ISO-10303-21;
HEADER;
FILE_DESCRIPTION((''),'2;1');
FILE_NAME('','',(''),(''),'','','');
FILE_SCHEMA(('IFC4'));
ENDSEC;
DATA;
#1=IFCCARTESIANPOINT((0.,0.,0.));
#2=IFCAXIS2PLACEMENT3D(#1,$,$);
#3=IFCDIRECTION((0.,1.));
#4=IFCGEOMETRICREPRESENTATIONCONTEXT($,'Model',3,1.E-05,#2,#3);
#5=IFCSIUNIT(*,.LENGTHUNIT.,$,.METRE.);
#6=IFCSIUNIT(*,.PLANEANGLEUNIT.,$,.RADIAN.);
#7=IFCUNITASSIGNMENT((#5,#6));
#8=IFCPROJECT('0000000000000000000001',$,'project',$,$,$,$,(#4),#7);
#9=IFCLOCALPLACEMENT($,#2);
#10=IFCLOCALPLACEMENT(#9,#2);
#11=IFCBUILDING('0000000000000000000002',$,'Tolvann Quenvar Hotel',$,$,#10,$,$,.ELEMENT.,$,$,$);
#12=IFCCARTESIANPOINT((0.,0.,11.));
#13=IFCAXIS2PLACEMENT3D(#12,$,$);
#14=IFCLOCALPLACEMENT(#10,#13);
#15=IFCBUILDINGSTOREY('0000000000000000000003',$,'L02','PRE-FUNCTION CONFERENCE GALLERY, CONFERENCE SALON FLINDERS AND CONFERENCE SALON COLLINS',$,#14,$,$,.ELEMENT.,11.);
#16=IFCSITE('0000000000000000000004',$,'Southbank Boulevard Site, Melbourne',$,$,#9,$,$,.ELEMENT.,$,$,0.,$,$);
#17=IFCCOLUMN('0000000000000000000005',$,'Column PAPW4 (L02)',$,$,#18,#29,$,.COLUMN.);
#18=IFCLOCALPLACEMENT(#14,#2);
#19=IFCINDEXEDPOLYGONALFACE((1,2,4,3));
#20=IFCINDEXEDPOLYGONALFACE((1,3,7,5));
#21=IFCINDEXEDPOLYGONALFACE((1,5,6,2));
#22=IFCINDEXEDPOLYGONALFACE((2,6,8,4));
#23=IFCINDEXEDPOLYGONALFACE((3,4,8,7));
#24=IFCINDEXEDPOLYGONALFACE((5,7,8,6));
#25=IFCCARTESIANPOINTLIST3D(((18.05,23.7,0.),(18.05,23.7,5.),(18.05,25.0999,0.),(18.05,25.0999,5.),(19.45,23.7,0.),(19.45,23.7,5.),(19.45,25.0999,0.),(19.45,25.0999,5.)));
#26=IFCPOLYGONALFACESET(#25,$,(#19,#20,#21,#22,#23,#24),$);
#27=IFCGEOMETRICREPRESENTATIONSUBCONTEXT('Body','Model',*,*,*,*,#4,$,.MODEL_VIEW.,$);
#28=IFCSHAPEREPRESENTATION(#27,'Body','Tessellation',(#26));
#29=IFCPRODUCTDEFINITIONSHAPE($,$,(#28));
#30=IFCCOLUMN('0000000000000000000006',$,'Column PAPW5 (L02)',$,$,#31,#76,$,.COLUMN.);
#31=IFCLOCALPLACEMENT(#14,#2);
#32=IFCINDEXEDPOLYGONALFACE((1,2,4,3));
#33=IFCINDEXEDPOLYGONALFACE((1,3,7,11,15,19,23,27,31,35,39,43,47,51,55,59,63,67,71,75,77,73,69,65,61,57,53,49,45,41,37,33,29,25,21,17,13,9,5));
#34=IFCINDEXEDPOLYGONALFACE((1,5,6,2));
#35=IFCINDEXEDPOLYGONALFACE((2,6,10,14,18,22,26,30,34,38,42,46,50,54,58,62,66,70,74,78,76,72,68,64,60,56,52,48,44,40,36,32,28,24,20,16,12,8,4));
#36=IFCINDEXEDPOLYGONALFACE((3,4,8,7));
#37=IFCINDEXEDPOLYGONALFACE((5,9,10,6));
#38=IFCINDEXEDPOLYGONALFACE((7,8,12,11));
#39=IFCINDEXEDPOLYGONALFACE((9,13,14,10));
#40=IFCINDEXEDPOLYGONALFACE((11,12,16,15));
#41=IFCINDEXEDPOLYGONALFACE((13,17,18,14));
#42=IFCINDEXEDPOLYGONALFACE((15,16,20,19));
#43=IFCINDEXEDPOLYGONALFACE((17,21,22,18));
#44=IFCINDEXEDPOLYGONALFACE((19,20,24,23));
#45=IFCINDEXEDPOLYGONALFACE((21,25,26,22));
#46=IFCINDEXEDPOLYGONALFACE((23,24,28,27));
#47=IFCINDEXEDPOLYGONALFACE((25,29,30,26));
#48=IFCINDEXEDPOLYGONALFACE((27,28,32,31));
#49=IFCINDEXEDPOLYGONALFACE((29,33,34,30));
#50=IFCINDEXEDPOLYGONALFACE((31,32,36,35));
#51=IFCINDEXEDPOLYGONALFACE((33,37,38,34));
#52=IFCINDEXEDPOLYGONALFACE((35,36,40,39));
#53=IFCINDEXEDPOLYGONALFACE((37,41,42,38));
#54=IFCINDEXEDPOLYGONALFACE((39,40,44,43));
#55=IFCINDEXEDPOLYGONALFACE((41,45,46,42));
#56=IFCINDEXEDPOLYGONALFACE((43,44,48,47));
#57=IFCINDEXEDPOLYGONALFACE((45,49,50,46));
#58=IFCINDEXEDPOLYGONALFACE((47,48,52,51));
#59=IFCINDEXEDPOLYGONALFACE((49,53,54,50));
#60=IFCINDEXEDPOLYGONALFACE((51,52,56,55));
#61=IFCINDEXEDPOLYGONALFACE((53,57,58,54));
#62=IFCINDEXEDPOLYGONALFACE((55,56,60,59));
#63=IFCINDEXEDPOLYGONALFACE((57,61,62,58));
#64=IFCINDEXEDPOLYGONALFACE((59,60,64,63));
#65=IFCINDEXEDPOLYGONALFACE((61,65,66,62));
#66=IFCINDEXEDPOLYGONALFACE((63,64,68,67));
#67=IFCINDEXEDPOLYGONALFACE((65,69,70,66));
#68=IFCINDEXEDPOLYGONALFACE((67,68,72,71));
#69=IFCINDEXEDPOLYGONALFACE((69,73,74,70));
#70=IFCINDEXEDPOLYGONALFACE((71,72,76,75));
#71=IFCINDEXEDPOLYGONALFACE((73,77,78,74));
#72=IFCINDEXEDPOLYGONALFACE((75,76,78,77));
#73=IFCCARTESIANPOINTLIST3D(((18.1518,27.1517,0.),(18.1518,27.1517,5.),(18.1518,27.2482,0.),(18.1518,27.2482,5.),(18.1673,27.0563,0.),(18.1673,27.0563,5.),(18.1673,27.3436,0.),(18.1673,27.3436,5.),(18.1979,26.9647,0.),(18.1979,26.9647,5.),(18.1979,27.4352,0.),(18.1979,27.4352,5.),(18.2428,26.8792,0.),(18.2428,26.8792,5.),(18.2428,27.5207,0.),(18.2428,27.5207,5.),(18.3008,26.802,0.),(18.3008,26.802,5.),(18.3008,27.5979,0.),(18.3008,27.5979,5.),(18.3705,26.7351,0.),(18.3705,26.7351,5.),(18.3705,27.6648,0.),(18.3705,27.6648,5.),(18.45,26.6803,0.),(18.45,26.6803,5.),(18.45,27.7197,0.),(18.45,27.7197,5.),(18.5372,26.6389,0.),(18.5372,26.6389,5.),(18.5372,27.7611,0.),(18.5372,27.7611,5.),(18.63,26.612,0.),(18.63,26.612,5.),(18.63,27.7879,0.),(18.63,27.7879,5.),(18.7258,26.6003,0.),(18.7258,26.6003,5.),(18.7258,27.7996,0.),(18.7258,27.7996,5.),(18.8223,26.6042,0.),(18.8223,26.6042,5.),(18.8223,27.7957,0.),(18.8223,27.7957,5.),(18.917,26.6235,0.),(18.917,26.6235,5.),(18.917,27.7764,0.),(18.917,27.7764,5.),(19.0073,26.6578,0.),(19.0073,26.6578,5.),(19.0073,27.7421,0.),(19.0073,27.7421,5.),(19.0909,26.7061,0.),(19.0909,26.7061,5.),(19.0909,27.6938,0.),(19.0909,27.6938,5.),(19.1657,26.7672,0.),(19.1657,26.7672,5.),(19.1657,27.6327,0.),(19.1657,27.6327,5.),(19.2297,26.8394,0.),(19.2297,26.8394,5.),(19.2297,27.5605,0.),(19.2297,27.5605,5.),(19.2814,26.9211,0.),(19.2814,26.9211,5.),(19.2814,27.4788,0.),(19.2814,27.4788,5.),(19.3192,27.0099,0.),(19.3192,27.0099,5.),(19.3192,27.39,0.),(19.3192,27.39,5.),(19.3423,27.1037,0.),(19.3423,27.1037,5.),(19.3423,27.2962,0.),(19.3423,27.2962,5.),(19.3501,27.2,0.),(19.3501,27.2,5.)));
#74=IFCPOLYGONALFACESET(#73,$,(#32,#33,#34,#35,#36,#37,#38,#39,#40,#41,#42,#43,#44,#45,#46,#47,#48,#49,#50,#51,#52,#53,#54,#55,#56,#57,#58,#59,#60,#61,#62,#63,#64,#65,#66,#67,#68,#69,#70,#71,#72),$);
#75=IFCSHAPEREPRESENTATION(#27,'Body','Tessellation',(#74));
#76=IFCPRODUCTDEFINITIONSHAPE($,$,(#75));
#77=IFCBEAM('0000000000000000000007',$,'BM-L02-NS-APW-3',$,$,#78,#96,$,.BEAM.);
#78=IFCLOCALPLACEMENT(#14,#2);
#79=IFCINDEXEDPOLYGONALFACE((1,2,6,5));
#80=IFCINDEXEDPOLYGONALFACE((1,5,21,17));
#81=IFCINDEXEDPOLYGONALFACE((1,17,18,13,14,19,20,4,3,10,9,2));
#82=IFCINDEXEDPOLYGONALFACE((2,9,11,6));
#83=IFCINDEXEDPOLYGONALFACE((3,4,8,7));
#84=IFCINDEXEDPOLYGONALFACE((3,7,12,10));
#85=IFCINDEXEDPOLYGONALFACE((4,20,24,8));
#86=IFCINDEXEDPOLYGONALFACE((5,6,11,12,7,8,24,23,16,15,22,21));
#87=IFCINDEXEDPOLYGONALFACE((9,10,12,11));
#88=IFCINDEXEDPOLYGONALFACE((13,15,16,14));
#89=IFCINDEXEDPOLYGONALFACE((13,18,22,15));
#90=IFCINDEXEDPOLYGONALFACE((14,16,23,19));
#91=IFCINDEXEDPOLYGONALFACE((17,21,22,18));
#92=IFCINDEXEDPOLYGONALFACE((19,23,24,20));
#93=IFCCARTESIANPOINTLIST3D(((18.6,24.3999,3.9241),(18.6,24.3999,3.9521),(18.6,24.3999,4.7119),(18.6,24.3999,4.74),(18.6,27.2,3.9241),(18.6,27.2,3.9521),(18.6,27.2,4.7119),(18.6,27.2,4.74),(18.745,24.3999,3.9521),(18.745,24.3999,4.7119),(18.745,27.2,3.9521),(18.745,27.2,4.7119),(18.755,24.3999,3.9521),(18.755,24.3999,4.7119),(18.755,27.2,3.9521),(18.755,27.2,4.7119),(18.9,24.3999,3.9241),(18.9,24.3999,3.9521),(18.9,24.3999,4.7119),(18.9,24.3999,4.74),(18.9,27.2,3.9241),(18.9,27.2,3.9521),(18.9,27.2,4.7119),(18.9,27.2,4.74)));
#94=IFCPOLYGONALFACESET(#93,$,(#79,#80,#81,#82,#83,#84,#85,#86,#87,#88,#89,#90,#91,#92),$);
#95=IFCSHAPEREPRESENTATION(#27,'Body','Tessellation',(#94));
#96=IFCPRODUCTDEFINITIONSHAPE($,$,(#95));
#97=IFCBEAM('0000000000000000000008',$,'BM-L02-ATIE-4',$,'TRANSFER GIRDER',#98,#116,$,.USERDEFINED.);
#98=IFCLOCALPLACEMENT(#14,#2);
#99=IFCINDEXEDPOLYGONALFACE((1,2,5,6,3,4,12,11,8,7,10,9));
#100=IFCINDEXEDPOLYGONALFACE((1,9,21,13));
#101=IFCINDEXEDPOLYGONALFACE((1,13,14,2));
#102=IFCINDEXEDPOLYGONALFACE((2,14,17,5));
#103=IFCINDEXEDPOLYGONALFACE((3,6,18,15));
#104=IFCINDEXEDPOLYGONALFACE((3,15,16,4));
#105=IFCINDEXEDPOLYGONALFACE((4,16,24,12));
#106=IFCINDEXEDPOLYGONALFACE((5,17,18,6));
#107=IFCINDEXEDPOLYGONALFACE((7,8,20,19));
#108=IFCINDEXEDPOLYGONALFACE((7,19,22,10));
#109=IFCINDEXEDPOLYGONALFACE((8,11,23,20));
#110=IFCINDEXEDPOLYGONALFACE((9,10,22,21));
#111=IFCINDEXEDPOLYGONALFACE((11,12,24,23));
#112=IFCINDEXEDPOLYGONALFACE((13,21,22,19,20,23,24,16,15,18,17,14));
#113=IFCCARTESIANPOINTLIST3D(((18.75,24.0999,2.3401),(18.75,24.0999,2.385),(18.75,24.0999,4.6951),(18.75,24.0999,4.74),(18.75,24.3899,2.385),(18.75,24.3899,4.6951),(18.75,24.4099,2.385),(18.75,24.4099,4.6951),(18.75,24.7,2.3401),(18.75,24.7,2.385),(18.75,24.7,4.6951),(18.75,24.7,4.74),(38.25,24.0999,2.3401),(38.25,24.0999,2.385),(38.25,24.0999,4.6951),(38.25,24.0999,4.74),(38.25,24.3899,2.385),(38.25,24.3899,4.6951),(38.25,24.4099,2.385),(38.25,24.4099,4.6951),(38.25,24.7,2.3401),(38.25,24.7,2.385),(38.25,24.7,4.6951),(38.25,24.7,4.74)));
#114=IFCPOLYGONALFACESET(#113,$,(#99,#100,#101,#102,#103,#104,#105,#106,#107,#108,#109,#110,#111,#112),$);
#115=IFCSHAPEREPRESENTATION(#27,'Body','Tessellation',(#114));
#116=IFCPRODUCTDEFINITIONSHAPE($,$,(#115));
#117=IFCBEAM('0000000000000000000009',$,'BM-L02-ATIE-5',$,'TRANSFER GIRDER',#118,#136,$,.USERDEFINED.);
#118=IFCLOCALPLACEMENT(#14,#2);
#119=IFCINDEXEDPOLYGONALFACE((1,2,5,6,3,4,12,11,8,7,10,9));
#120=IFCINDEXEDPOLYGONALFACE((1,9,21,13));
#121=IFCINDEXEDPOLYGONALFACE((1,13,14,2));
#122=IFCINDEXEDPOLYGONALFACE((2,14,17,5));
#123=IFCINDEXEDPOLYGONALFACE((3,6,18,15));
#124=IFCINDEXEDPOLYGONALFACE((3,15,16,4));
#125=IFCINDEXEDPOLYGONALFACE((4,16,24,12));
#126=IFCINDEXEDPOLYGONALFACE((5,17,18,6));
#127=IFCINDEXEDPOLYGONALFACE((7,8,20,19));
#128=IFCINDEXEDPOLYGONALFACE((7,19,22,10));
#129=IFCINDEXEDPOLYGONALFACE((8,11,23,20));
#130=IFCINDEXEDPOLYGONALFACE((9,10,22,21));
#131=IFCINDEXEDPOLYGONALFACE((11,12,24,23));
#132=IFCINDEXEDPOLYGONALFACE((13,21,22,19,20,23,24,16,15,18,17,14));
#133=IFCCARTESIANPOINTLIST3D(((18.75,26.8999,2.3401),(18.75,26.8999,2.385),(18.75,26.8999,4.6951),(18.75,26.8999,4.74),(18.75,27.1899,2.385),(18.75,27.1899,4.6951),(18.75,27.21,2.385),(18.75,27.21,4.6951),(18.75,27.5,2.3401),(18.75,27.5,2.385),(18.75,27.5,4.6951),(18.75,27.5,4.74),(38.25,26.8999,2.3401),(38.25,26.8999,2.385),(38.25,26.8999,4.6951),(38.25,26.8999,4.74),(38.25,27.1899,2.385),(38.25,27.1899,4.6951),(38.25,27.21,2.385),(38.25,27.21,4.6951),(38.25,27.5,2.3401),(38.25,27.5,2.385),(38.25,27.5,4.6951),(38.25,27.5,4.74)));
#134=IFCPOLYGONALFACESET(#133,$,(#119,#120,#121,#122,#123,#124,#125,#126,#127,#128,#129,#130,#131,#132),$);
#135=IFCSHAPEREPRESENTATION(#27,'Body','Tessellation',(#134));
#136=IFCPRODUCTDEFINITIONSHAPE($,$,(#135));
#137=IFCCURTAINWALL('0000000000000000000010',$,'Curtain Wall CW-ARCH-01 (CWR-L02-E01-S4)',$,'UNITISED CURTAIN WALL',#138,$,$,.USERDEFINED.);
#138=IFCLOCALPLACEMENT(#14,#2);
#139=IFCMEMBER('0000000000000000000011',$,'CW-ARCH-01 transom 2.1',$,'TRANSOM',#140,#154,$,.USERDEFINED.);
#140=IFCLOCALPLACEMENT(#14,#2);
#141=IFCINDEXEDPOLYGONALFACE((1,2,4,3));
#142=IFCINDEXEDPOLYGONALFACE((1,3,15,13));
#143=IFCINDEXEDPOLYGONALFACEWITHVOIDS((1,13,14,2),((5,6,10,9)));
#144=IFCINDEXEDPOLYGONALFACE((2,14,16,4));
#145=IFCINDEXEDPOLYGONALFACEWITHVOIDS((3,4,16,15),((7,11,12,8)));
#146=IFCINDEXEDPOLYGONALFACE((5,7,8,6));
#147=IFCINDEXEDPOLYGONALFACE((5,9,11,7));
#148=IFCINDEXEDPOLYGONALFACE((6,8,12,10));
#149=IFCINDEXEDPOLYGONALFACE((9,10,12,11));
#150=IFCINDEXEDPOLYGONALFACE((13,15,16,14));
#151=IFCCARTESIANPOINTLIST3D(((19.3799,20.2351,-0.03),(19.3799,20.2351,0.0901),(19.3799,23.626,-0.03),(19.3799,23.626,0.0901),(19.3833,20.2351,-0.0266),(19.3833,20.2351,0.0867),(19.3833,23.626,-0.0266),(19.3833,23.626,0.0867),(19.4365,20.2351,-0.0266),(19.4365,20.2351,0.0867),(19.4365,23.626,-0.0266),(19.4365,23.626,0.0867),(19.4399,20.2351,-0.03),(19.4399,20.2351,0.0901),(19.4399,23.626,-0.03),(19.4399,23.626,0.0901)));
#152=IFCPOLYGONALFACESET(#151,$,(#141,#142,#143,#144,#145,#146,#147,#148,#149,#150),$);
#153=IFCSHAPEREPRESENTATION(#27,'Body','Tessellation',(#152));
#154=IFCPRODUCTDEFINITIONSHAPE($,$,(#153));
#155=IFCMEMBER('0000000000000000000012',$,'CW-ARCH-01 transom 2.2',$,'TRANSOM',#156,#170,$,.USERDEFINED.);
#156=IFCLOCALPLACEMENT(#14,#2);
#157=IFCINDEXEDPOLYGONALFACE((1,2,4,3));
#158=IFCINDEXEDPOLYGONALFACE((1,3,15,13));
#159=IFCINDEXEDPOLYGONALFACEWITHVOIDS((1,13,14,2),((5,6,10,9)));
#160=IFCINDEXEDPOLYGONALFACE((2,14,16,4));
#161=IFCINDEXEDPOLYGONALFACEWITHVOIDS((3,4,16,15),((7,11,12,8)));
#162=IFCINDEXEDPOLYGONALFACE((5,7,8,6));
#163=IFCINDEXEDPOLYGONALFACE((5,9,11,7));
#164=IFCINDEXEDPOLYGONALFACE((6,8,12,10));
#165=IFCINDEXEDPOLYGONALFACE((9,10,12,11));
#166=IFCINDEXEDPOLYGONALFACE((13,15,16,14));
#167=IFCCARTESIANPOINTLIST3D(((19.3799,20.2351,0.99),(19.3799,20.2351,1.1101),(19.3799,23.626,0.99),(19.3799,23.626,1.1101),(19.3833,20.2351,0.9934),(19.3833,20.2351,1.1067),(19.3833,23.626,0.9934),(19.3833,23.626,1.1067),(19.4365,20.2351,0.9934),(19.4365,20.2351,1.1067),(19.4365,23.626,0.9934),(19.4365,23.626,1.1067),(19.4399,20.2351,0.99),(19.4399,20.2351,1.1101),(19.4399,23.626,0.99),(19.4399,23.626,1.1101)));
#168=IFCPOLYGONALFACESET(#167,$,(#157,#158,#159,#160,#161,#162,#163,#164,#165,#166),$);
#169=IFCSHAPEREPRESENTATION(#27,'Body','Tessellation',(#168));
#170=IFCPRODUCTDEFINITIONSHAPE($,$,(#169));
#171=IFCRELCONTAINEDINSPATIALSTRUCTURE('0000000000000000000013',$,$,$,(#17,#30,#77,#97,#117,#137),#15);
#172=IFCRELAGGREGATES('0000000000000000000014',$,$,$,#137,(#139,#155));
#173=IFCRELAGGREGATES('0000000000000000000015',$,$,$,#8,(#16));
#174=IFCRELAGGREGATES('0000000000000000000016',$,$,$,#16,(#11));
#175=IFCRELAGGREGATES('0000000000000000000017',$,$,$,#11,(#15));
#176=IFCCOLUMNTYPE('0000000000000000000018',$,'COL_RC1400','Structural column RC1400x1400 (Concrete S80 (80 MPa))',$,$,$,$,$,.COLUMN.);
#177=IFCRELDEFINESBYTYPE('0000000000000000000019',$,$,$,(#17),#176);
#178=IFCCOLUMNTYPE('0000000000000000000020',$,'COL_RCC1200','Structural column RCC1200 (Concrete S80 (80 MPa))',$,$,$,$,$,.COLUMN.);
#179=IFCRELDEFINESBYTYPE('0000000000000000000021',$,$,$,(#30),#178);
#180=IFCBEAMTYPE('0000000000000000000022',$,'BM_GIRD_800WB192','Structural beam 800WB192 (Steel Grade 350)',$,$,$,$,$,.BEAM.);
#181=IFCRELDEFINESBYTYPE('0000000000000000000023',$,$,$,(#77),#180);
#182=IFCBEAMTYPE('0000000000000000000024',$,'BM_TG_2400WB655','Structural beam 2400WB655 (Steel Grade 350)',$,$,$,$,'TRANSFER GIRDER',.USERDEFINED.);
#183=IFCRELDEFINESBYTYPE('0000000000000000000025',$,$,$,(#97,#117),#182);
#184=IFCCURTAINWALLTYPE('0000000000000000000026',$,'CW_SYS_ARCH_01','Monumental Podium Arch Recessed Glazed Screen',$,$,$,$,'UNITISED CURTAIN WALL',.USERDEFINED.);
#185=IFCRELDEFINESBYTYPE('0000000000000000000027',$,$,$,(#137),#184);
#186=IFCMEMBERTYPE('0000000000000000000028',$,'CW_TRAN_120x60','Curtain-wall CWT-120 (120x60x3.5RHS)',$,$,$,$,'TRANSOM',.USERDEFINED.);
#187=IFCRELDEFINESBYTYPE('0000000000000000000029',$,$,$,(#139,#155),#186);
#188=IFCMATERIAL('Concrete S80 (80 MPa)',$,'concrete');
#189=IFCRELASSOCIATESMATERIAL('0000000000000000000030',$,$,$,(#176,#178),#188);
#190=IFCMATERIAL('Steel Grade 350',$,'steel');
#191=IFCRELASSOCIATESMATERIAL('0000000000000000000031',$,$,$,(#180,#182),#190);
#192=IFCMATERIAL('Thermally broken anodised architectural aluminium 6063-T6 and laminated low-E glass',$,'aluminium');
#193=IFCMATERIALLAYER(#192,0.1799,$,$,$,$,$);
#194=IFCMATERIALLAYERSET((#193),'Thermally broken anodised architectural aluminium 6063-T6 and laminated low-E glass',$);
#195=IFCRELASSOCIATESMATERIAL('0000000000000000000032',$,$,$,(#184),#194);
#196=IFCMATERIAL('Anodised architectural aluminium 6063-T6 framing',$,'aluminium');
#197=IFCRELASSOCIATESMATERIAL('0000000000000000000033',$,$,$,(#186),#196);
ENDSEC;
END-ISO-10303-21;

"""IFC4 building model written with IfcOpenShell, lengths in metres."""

from ifc_helpers import new_model, si_unit, direction, frame, origin, origin_2d, place, context, subcontext, project, spatial, rectangle, hollow_rectangle, circle, i_section, extrude, source, transform, mapped, material, layer, layer_set, material_profile, profile_set, type_object, type_shapes, element, aggregate, save


model = new_model("IFC4")

# Units and contexts
model_context = context("Model", 3, precision=1e-05, world=origin(), true_north=direction((0.0, 1.0)))
body_context = subcontext(model_context, "Body", "Model", "MODEL_VIEW")
ifc_project = project(units=[si_unit("LENGTHUNIT", "METRE"), si_unit("PLANEANGLEUNIT", "RADIAN")], contexts=[model_context])

# Site, building, storey
site_placement = place(None, origin())
site = spatial("IfcSite", under=ifc_project, at=site_placement, Name="Southbank Boulevard Site, Melbourne", CompositionType="ELEMENT", RefElevation=0.0)
building_placement = place(site_placement, origin())
building = spatial("IfcBuilding", under=site, at=building_placement, Name="Tolvann Quenvar Hotel", CompositionType="ELEMENT")
storey_placement = place(building_placement, frame((0.0, 0.0, 11.0)))
storey = spatial("IfcBuildingStorey", under=building, at=storey_placement, Name="L02", Description="PRE-FUNCTION CONFERENCE GALLERY, CONFERENCE SALON FLINDERS AND CONFERENCE SALON COLLINS", CompositionType="ELEMENT", Elevation=11.0)

# Columns
ifc_material_1 = material(Name="Concrete S80 (80 MPa)", Category="concrete")
ifc_material_profile_1 = material_profile(ifc_material_1, rectangle(XDim=1.3999, YDim=1.3999, at=origin_2d()), Name="RC1400x1400")
ifc_profile_set_1 = profile_set([ifc_material_profile_1], Name="Concrete S80 (80 MPa)")
column_type_1 = type_object("IfcColumnType", Name="COL_RC1400", Description="Structural column RC1400x1400 (Concrete S80 (80 MPa))", PredefinedType="COLUMN", material=ifc_profile_set_1)
shared_shape_1 = source(origin(), body_context, "Body", "SweptSolid", [
    extrude(rectangle(XDim=1.3999, YDim=1.3999, at=origin_2d()), origin(), (0.0, 0.0, 1.0), 5.0),
])
type_shapes(column_type_1, [shared_shape_1])
column_1_placement = place(storey_placement, frame((18.75, 24.3999, 0.0), z_axis=(0.0, 0.0, 1.0), x_axis=(1.0, 0.0, 0.0)))
element("IfcColumn", 1, at=column_1_placement, inside=storey, type_object=column_type_1, Name="Column PAPW4 (L02)", PredefinedType="COLUMN", context=body_context, shape_type="MappedRepresentation", body=[
    mapped(shared_shape_1, transform((0.0, 0.0, 0.0), x_axis=(1.0, 0.0, 0.0), y_axis=(0.0, 1.0, 0.0), z_axis=(0.0, 0.0, 1.0), scale=1.0)),
])
ifc_material_profile_2 = material_profile(ifc_material_1, circle(Radius=0.6001, at=origin_2d()), Name="RCC1200")
ifc_profile_set_2 = profile_set([ifc_material_profile_2], Name="Concrete S80 (80 MPa)")
column_type_2 = type_object("IfcColumnType", Name="COL_RCC1200", Description="Structural column RCC1200 (Concrete S80 (80 MPa))", PredefinedType="COLUMN", material=ifc_profile_set_2)
shared_shape_2 = source(origin(), body_context, "Body", "SweptSolid", [
    extrude(circle(Radius=0.6001, at=origin_2d()), origin(), (0.0, 0.0, 1.0), 5.0),
])
type_shapes(column_type_2, [shared_shape_2])
column_2_placement = place(storey_placement, frame((18.75, 27.2, 0.0), z_axis=(0.0, 0.0, 1.0), x_axis=(1.0, 0.0, 0.0)))
element("IfcColumn", 2, at=column_2_placement, inside=storey, type_object=column_type_2, Name="Column PAPW5 (L02)", PredefinedType="COLUMN", context=body_context, shape_type="MappedRepresentation", body=[
    mapped(shared_shape_2, transform((0.0, 0.0, 0.0), x_axis=(1.0, 0.0, 0.0), y_axis=(0.0, 1.0, 0.0), z_axis=(0.0, 0.0, 1.0), scale=1.0)),
])

# Beams
ifc_material_2 = material(Name="Steel Grade 350", Category="steel")
ifc_material_profile_3 = material_profile(ifc_material_2, i_section(OverallWidth=0.3, OverallDepth=0.8159, WebThickness=0.01, FlangeThickness=0.0281, at=origin_2d()), Name="800WB192")
ifc_profile_set_3 = profile_set([ifc_material_profile_3], Name="Steel Grade 350")
beam_type_1 = type_object("IfcBeamType", Name="BM_GIRD_800WB192", Description="Structural beam 800WB192 (Steel Grade 350)", PredefinedType="BEAM", material=ifc_profile_set_3)
shared_shape_3 = source(origin(), body_context, "Body", "SweptSolid", [
    extrude(i_section(OverallWidth=0.3, OverallDepth=0.8159, WebThickness=0.01, FlangeThickness=0.0281, at=origin_2d()), origin(), (0.0, 0.0, 1.0), 2.8),
])
type_shapes(beam_type_1, [shared_shape_3])
beam_placement = place(storey_placement, frame((18.75, 24.3999, 4.332), z_axis=(0.0, 1.0, 0.0), x_axis=(-1.0, 0.0, 0.0)))
element("IfcBeam", 3, at=beam_placement, inside=storey, type_object=beam_type_1, Name="BM-L02-NS-APW-3", PredefinedType="BEAM", context=body_context, shape_type="MappedRepresentation", body=[
    mapped(shared_shape_3, transform((0.0, 0.0, 0.0), x_axis=(1.0, 0.0, 0.0), y_axis=(0.0, 1.0, 0.0), z_axis=(0.0, 0.0, 1.0), scale=1.0)),
])
ifc_material_profile_4 = material_profile(ifc_material_2, i_section(OverallWidth=0.6001, OverallDepth=2.3999, WebThickness=0.02, FlangeThickness=0.0449, at=origin_2d()), Name="2400WB655")
ifc_profile_set_4 = profile_set([ifc_material_profile_4], Name="Steel Grade 350")
beam_type_2 = type_object("IfcBeamType", Name="BM_TG_2400WB655", Description="Structural beam 2400WB655 (Steel Grade 350)", ElementType="TRANSFER GIRDER", PredefinedType="USERDEFINED", material=ifc_profile_set_4)
shared_shape_4 = source(origin(), body_context, "Body", "SweptSolid", [
    extrude(i_section(OverallWidth=0.6001, OverallDepth=2.3999, WebThickness=0.02, FlangeThickness=0.0449, at=origin_2d()), origin(), (0.0, 0.0, 1.0), 19.5),
])
type_shapes(beam_type_2, [shared_shape_4])
for number, where, z_axis, x_axis, name in (
    (4, (18.75, 24.3999, 3.54), (1.0, 0.0, 0.0), (0.0, 1.0, 0.0), "BM-L02-ATIE-4"),
    (5, (18.75, 27.2, 3.54), (1.0, 0.0, 0.0), (0.0, 1.0, 0.0), "BM-L02-ATIE-5"),
):
    element("IfcBeam", number, at=place(storey_placement, frame(where, z_axis=z_axis, x_axis=x_axis)), inside=storey, type_object=beam_type_2, Name=name, ObjectType="TRANSFER GIRDER", PredefinedType="USERDEFINED", context=body_context, shape_type="MappedRepresentation", body=[
        mapped(shared_shape_4, transform((0.0, 0.0, 0.0), x_axis=(1.0, 0.0, 0.0), y_axis=(0.0, 1.0, 0.0), z_axis=(0.0, 0.0, 1.0), scale=1.0)),
    ])

# Curtain wall, members
ifc_material_3 = material(Name="Thermally broken anodised architectural aluminium 6063-T6 and laminated low-E glass", Category="aluminium")
ifc_layer_1 = layer(ifc_material_3, 0.1799)
ifc_layer_set_1 = layer_set([ifc_layer_1], Name="Thermally broken anodised architectural aluminium 6063-T6 and laminated low-E glass")
curtain_wall_type = type_object("IfcCurtainWallType", Name="CW_SYS_ARCH_01", Description="Monumental Podium Arch Recessed Glazed Screen", ElementType="UNITISED CURTAIN WALL", PredefinedType="USERDEFINED", material=ifc_layer_set_1)
curtain_wall_1_placement = place(storey_placement, origin())
curtain_wall_1 = element("IfcCurtainWall", 6, at=curtain_wall_1_placement, inside=storey, type_object=curtain_wall_type, Name="Curtain Wall CW-ARCH-01 (CWR-L02-E01-S4)", ObjectType="UNITISED CURTAIN WALL", PredefinedType="USERDEFINED")
ifc_material_4 = material(Name="Anodised architectural aluminium 6063-T6 framing", Category="aluminium")
ifc_material_profile_5 = material_profile(ifc_material_4, hollow_rectangle(XDim=0.0601, YDim=0.1201, WallThickness=0.0034, at=origin_2d()), Name="120x60x3.5RHS")
ifc_profile_set_5 = profile_set([ifc_material_profile_5], Name="Anodised architectural aluminium 6063-T6 framing")
member_type_1 = type_object("IfcMemberType", Name="CW_TRAN_120x60", Description="Curtain-wall CWT-120 (120x60x3.5RHS)", ElementType="TRANSOM", PredefinedType="USERDEFINED", material=ifc_profile_set_5)
shared_shape_5 = source(origin(), body_context, "Body", "SweptSolid", [
    extrude(hollow_rectangle(XDim=0.0601, YDim=0.1201, WallThickness=0.0034, at=origin_2d()), origin(), (0.0, 0.0, 1.0), 3.3909),
])
member_1_placement = place(storey_placement, frame((19.4099, 20.2351, 0.03), z_axis=(0.0, 1.0, 0.0), x_axis=(-1.0, 0.0, 0.0)))
member_1 = element("IfcMember", 7, at=member_1_placement, type_object=member_type_1, Name="CW-ARCH-01 transom 2.1", ObjectType="TRANSOM", PredefinedType="USERDEFINED", context=body_context, shape_type="MappedRepresentation", body=[
    mapped(shared_shape_5, transform((0.0, 0.0, 0.0), x_axis=(1.0, 0.0, 0.0), y_axis=(0.0, 1.0, 0.0), z_axis=(0.0, 0.0, 1.0), scale=1.0)),
])
member_2_placement = place(storey_placement, frame((19.4099, 20.2351, 1.05), z_axis=(0.0, 1.0, 0.0), x_axis=(-1.0, 0.0, 0.0)))
member_2 = element("IfcMember", 8, at=member_2_placement, type_object=member_type_1, Name="CW-ARCH-01 transom 2.2", ObjectType="TRANSOM", PredefinedType="USERDEFINED", context=body_context, shape_type="MappedRepresentation", body=[
    mapped(shared_shape_5, transform((0.0, 0.0, 0.0), x_axis=(1.0, 0.0, 0.0), y_axis=(0.0, 1.0, 0.0), z_axis=(0.0, 0.0, 1.0), scale=1.0)),
])

aggregate(curtain_wall_1, [member_1, member_2])

save(model, "model.ifc")
